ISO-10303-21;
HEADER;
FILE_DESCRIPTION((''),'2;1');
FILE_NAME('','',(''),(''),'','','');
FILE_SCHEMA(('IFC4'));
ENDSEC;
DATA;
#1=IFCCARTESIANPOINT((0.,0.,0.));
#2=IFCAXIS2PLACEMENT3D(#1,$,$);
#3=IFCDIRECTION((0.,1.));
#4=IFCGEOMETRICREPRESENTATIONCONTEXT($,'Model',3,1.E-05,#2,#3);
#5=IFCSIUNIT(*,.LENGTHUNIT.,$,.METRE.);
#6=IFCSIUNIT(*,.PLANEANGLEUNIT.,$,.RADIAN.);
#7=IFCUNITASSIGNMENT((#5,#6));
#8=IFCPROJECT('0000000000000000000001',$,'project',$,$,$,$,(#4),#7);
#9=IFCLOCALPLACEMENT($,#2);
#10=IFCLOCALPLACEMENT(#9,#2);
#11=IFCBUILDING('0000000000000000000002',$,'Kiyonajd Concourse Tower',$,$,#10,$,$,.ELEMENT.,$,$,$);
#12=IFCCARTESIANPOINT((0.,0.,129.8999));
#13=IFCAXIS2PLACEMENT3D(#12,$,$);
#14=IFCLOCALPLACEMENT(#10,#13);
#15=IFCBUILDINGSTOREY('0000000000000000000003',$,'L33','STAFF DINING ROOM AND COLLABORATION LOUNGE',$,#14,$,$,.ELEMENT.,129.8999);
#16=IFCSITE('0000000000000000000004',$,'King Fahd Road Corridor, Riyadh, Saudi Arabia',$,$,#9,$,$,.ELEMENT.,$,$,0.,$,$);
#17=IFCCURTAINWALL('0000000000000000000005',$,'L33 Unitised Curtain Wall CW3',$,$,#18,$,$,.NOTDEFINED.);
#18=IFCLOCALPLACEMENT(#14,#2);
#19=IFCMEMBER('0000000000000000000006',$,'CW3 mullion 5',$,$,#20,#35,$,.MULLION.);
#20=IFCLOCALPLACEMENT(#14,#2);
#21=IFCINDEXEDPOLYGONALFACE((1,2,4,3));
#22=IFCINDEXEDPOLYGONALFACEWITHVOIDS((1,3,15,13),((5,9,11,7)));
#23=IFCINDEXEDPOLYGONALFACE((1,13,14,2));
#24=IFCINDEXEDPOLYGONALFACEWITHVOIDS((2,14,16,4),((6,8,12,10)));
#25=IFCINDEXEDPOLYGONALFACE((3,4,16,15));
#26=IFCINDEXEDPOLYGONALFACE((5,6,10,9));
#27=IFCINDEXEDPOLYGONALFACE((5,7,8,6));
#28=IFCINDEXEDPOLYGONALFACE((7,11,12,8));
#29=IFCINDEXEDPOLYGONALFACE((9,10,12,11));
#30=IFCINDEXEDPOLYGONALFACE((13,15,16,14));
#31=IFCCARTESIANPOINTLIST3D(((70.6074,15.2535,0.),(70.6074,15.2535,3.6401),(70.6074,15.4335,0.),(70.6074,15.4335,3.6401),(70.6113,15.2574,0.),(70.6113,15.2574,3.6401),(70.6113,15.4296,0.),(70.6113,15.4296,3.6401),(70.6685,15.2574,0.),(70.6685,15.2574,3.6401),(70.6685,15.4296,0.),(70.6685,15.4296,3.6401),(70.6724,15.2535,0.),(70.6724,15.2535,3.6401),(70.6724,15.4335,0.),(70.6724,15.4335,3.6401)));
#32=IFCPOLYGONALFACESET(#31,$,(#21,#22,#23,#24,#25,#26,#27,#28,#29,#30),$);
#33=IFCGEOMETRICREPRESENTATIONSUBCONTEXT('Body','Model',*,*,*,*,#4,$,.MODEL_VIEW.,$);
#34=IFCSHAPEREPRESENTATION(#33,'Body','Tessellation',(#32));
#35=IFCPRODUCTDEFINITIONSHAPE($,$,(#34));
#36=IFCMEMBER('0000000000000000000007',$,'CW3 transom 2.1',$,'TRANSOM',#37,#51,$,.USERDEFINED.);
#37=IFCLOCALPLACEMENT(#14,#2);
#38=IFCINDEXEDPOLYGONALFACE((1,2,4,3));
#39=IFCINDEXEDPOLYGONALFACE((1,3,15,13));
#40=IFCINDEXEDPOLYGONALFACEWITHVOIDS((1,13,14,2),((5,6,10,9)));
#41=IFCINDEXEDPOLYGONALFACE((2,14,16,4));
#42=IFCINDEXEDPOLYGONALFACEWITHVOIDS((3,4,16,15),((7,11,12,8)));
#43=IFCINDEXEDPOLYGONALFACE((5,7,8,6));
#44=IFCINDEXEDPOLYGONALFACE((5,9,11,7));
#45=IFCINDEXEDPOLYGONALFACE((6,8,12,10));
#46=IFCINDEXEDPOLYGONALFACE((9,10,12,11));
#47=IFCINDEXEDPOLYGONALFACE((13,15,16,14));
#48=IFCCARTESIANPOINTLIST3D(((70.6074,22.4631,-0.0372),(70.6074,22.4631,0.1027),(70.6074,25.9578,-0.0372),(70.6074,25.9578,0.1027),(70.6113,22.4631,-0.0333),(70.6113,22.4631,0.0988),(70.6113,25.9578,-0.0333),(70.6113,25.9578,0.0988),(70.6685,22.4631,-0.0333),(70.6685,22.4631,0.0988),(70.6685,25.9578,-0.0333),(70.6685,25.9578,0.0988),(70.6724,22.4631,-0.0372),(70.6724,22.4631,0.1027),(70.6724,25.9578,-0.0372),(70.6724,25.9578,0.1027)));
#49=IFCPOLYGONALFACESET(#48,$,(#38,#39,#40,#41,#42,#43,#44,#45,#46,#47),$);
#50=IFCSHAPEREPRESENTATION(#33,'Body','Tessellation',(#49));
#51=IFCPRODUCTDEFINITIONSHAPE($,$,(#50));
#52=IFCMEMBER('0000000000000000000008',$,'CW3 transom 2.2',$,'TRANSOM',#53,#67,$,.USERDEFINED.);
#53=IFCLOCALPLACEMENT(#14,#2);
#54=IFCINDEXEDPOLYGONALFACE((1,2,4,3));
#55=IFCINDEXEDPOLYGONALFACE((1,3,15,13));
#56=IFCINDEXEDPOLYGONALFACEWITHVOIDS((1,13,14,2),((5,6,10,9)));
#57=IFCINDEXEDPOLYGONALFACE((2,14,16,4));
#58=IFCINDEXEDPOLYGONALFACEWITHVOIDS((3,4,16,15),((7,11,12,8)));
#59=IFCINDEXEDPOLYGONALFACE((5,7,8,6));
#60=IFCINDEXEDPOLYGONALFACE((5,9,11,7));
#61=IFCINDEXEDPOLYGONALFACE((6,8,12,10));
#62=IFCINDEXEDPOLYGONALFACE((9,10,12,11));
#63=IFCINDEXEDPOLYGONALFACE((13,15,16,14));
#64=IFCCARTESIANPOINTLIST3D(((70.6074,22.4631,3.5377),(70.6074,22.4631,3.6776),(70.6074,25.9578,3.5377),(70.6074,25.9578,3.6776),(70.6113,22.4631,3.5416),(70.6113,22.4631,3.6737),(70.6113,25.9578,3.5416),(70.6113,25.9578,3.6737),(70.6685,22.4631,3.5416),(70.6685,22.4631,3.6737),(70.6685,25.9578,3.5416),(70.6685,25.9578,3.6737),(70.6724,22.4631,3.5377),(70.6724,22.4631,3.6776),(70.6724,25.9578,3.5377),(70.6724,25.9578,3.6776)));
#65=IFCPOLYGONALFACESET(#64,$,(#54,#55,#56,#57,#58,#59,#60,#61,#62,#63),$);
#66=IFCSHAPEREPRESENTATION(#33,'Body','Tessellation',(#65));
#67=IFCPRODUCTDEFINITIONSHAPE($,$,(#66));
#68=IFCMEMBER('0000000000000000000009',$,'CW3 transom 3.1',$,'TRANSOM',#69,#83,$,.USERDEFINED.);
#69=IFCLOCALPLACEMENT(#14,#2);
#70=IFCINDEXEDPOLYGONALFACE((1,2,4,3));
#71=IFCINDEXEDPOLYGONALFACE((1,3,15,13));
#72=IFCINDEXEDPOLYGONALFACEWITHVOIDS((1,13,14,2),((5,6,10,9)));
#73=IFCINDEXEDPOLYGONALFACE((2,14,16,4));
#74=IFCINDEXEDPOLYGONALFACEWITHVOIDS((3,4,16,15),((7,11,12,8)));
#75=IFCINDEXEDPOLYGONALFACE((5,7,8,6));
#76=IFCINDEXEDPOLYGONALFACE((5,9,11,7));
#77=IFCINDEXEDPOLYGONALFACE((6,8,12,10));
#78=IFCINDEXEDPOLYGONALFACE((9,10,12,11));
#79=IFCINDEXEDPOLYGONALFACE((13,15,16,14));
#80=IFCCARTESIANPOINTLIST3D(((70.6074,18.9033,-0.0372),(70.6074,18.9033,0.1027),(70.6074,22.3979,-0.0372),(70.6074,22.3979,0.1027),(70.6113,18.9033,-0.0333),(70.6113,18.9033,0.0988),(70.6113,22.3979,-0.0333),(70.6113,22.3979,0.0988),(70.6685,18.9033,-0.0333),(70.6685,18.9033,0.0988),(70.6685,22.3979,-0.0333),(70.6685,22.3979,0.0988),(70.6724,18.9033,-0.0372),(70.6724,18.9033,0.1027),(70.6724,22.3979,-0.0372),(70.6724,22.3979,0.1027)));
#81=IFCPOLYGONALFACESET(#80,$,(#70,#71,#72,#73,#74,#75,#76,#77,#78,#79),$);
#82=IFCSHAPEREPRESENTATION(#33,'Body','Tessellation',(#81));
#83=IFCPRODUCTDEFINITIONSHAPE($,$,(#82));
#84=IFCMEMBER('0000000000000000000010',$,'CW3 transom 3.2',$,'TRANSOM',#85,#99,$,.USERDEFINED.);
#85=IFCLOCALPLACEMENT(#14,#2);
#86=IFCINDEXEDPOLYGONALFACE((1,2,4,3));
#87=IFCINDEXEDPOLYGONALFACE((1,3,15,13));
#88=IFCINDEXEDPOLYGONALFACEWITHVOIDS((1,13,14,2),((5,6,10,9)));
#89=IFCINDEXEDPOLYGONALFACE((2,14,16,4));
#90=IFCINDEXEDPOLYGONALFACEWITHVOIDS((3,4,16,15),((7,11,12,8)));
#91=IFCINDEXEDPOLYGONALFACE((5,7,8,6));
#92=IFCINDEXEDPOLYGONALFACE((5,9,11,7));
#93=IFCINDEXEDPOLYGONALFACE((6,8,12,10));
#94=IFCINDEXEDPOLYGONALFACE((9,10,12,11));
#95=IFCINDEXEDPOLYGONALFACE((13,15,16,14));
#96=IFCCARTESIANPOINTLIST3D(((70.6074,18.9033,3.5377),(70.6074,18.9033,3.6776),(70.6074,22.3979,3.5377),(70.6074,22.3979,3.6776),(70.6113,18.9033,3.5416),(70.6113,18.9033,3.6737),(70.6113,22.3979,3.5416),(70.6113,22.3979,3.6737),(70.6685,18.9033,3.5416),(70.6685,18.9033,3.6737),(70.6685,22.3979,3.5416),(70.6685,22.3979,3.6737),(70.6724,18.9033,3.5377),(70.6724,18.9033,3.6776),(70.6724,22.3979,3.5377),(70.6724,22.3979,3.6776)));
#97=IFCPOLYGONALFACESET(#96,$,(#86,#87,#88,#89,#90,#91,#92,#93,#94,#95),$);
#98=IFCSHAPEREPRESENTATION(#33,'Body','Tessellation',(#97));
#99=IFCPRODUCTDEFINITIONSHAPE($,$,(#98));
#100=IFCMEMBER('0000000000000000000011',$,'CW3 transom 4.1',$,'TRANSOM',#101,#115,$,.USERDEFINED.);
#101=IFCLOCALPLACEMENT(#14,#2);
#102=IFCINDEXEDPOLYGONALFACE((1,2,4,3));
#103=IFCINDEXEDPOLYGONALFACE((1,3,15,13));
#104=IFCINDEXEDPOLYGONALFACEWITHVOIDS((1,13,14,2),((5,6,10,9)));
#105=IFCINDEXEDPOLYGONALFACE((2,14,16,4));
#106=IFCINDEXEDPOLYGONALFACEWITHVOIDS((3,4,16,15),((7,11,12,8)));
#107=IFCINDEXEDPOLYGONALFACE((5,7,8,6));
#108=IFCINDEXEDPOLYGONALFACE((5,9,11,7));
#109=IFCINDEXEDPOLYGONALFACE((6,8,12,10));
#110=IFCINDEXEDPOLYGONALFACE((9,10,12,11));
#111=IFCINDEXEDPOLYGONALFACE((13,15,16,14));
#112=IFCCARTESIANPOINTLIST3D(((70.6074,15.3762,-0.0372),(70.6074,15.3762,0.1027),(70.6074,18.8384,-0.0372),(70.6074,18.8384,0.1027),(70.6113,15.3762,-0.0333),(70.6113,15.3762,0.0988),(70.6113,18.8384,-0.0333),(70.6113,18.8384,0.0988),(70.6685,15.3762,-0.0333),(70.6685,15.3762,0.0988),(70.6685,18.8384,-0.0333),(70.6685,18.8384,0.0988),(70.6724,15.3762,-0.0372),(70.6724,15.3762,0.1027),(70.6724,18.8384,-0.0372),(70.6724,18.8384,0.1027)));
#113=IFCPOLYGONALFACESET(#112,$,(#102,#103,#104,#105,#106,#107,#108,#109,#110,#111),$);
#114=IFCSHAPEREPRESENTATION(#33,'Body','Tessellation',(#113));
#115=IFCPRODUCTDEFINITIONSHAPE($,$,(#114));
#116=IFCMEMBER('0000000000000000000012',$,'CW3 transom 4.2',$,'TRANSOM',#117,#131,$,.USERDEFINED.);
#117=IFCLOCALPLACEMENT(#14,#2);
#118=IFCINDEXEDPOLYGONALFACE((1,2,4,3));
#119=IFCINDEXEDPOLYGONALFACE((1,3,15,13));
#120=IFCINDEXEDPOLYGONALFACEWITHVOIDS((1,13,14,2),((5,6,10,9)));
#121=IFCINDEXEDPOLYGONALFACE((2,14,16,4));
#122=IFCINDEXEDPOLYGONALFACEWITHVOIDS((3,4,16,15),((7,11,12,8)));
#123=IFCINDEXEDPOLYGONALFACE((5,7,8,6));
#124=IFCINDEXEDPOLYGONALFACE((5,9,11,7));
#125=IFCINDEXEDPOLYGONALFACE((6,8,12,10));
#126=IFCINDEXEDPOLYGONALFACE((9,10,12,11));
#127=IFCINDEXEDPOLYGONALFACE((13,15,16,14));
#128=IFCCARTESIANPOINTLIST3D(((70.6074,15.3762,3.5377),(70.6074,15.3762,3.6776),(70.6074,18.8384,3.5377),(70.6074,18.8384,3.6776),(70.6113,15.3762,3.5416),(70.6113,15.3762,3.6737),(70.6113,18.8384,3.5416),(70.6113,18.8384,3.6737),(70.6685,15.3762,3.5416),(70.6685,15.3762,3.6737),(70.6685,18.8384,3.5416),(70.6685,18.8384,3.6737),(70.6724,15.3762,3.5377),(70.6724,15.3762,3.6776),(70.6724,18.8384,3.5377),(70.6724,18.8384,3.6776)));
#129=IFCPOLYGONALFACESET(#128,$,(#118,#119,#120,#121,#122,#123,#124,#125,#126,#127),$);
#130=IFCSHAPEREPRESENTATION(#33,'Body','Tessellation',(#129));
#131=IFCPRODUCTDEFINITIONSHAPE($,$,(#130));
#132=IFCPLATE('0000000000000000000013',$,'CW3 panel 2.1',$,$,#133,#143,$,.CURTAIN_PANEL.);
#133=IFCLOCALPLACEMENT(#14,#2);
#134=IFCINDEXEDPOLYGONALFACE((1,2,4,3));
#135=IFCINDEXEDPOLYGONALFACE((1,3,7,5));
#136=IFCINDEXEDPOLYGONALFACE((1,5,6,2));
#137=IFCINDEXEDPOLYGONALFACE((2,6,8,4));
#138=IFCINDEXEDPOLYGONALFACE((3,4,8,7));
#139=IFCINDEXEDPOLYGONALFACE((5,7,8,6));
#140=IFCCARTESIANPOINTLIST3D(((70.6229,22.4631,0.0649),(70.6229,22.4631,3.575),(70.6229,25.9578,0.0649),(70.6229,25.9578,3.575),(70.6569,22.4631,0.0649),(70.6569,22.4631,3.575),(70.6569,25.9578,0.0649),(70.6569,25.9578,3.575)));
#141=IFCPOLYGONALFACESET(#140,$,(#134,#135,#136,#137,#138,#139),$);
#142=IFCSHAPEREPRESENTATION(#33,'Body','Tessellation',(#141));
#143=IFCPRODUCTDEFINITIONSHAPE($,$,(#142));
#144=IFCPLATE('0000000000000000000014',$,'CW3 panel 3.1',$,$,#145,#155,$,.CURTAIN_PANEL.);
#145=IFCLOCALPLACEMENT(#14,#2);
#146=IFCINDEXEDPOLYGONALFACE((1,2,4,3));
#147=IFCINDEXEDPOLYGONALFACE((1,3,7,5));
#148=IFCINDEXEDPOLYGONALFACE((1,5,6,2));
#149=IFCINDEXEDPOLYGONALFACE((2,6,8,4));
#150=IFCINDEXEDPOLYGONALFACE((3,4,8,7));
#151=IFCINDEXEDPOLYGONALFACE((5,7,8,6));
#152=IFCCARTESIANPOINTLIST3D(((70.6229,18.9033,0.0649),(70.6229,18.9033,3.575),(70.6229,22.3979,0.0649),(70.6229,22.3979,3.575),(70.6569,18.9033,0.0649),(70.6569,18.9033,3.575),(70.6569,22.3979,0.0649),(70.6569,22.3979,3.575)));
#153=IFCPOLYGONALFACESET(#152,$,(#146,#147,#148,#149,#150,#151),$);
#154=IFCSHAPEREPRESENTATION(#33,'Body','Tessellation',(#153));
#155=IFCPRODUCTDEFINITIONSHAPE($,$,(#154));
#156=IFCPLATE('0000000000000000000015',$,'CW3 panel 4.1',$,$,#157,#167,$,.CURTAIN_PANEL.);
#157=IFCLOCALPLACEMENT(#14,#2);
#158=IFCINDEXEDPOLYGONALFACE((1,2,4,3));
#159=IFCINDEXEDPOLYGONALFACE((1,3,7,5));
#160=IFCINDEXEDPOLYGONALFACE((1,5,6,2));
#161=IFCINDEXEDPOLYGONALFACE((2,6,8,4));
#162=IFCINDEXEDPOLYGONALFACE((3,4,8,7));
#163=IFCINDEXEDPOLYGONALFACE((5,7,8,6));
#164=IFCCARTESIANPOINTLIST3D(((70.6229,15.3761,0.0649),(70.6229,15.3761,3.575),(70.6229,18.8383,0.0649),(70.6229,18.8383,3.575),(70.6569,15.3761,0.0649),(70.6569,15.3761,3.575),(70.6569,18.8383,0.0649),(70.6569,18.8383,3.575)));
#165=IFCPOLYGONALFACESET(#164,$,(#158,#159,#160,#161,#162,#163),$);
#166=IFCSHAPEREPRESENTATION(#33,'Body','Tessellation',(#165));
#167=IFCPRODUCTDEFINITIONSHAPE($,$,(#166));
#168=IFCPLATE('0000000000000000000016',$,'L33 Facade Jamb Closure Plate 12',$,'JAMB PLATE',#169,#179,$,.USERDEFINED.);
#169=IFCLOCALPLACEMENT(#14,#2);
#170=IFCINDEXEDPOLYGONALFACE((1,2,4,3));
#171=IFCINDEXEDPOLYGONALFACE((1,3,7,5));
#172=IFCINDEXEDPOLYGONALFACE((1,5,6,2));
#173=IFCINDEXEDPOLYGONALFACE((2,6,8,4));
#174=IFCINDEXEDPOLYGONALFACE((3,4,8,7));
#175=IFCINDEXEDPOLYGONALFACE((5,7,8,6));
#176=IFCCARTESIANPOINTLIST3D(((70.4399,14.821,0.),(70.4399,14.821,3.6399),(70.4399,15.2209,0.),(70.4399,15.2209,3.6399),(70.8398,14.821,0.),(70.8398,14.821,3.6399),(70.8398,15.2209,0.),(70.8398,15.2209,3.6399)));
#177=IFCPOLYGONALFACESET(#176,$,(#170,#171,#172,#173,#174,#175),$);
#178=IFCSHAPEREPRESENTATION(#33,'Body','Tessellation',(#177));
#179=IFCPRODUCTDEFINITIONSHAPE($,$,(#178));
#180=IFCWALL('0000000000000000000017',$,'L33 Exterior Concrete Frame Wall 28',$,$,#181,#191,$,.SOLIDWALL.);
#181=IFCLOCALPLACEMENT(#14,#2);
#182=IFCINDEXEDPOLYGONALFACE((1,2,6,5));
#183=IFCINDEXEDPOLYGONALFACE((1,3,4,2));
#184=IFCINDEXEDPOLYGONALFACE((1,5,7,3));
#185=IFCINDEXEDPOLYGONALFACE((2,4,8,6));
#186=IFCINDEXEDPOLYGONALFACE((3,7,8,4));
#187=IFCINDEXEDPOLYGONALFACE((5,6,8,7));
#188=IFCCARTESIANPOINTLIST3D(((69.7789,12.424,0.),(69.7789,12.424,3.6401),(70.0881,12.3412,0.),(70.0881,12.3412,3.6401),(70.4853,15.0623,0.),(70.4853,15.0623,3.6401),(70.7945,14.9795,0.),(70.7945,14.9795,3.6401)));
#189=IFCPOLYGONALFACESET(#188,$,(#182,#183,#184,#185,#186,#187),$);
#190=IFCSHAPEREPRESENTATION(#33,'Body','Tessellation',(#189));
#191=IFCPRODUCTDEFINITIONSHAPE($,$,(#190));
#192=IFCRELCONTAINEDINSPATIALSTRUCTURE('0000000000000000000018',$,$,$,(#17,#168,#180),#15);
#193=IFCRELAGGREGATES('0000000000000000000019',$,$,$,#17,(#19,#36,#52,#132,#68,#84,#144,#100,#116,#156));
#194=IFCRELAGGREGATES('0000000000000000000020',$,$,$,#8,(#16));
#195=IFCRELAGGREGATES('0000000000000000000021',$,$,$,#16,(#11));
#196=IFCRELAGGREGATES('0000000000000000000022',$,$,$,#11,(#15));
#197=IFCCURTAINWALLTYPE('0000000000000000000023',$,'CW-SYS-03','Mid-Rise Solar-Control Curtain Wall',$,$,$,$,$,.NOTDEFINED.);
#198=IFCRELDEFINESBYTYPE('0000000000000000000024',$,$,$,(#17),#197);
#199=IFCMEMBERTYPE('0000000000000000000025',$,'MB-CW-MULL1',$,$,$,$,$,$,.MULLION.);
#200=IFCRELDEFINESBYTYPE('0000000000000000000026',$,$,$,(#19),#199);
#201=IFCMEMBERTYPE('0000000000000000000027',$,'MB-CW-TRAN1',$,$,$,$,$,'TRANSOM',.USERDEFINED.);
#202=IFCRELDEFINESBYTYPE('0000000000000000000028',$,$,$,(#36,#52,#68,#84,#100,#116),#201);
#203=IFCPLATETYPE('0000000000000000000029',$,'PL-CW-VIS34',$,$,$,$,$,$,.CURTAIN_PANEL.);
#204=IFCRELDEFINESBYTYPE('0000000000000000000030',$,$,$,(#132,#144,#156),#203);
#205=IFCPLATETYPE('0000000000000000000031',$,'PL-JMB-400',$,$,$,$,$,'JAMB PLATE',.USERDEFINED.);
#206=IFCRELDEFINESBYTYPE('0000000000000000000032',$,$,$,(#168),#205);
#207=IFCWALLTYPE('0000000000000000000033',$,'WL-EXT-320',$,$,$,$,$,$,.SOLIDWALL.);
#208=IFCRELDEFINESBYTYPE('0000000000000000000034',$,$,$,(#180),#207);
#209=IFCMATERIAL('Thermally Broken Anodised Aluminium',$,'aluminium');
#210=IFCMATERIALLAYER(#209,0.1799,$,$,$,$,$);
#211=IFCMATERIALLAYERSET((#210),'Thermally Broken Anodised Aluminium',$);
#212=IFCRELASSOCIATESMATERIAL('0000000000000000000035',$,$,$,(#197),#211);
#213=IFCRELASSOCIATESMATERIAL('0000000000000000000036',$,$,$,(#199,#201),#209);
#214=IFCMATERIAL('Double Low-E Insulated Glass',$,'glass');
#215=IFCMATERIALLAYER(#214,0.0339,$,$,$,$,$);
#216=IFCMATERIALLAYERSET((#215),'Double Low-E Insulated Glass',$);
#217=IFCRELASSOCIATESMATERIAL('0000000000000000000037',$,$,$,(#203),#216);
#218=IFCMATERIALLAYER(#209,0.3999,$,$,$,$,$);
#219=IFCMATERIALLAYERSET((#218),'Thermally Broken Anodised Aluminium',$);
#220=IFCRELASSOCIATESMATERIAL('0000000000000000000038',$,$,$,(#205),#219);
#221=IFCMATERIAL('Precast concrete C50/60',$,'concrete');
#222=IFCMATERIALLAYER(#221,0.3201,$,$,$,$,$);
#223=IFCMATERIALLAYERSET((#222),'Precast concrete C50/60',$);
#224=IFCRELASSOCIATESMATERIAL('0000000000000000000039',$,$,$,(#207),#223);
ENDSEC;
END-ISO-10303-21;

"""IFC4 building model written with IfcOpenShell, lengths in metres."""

from ifc_helpers import new_model, si_unit, direction, frame, frame_2d, origin, origin_2d, place, context, subcontext, project, spatial, rectangle, hollow_rectangle, extrude, material, layer, layer_set, material_profile, profile_set, type_object, element, aggregate, save


model = new_model("IFC4")

# Units and contexts
model_context = context("Model", 3, precision=1e-05, world=origin(), true_north=direction((0.0, 1.0)))
body_context = subcontext(model_context, "Body", "Model", "MODEL_VIEW")
ifc_project = project(units=[si_unit("LENGTHUNIT", "METRE"), si_unit("PLANEANGLEUNIT", "RADIAN")], contexts=[model_context])

# Site, building, storey
site_placement = place(None, origin())
site = spatial("IfcSite", under=ifc_project, at=site_placement, Name="King Fahd Road Corridor, Riyadh, Saudi Arabia", CompositionType="ELEMENT", RefElevation=0.0)
building_placement = place(site_placement, origin())
building = spatial("IfcBuilding", under=site, at=building_placement, Name="Kiyonajd Concourse Tower", CompositionType="ELEMENT")
storey_placement = place(building_placement, frame((0.0, 0.0, 129.8999)))
storey = spatial("IfcBuildingStorey", under=building, at=storey_placement, Name="L33", Description="STAFF DINING ROOM AND COLLABORATION LOUNGE", CompositionType="ELEMENT", Elevation=129.8999)

# Shared definitions
ifc_material_1 = material(Name="Precast concrete C50/60", Category="concrete")

# Curtain wall, members, plates
ifc_material_2 = material(Name="Thermally Broken Anodised Aluminium", Category="aluminium")
ifc_layer_1 = layer(ifc_material_2, 0.1799)
ifc_layer_set_1 = layer_set([ifc_layer_1], Name="Thermally Broken Anodised Aluminium")
curtain_wall_type = type_object("IfcCurtainWallType", Name="CW-SYS-03", Description="Mid-Rise Solar-Control Curtain Wall", PredefinedType="NOTDEFINED", material=ifc_layer_set_1)
curtain_wall_placement = place(storey_placement, origin())
curtain_wall = element("IfcCurtainWall", 1, at=curtain_wall_placement, inside=storey, type_object=curtain_wall_type, Name="L33 Unitised Curtain Wall CW3", PredefinedType="NOTDEFINED")
ifc_material_profile_1 = material_profile(ifc_material_2, hollow_rectangle(XDim=0.0649, YDim=0.1799, WallThickness=0.0039, at=origin_2d()), Name="MULL-65x180")
ifc_profile_set_1 = profile_set([ifc_material_profile_1], Name="Thermally Broken Anodised Aluminium")
member_type_1 = type_object("IfcMemberType", Name="MB-CW-MULL1", PredefinedType="MULLION", material=ifc_profile_set_1)
member_1_placement = place(storey_placement, frame((70.6399, 15.3435, 0.0), z_axis=(0.0, 0.0, 1.0), x_axis=(1.0, 0.0, 0.0)))
member_1 = element("IfcMember", 2, at=member_1_placement, type_object=member_type_1, Name="CW3 mullion 5", PredefinedType="MULLION", context=body_context, shape_type="SweptSolid", body=[
    extrude(hollow_rectangle(XDim=0.0649, YDim=0.1799, WallThickness=0.0039, at=origin_2d()), origin(), (0.0, 0.0, 1.0), 3.6401),
])
ifc_material_profile_2 = material_profile(ifc_material_2, hollow_rectangle(XDim=0.0649, YDim=0.1399, WallThickness=0.0039, at=origin_2d()), Name="TRAN-65x140")
ifc_profile_set_2 = profile_set([ifc_material_profile_2], Name="Thermally Broken Anodised Aluminium")
member_type_2 = type_object("IfcMemberType", Name="MB-CW-TRAN1", ElementType="TRANSOM", PredefinedType="USERDEFINED", material=ifc_profile_set_2)
member_2_placement = place(storey_placement, frame((70.6399, 25.9578, 0.0327), z_axis=(0.0, -1.0, 0.0), x_axis=(1.0, 0.0, 0.0)))
member_2 = element("IfcMember", 3, at=member_2_placement, type_object=member_type_2, Name="CW3 transom 2.1", ObjectType="TRANSOM", PredefinedType="USERDEFINED", context=body_context, shape_type="SweptSolid", body=[
    extrude(hollow_rectangle(XDim=0.0649, YDim=0.1399, WallThickness=0.0039, at=origin_2d()), origin(), (0.0, 0.0, 1.0), 3.4946),
])
member_3_placement = place(storey_placement, frame((70.6399, 25.9578, 3.6077), z_axis=(0.0, -1.0, 0.0), x_axis=(1.0, 0.0, 0.0)))
member_3 = element("IfcMember", 4, at=member_3_placement, type_object=member_type_2, Name="CW3 transom 2.2", ObjectType="TRANSOM", PredefinedType="USERDEFINED", context=body_context, shape_type="SweptSolid", body=[
    extrude(hollow_rectangle(XDim=0.0649, YDim=0.1399, WallThickness=0.0039, at=origin_2d()), origin(), (0.0, 0.0, 1.0), 3.4946),
])
member_4_placement = place(storey_placement, frame((70.6399, 22.3979, 0.0327), z_axis=(0.0, -1.0, 0.0), x_axis=(1.0, 0.0, 0.0)))
member_4 = element("IfcMember", 5, at=member_4_placement, type_object=member_type_2, Name="CW3 transom 3.1", ObjectType="TRANSOM", PredefinedType="USERDEFINED", context=body_context, shape_type="SweptSolid", body=[
    extrude(hollow_rectangle(XDim=0.0649, YDim=0.1399, WallThickness=0.0039, at=origin_2d()), origin(), (0.0, 0.0, 1.0), 3.4946),
])
member_5_placement = place(storey_placement, frame((70.6399, 22.3979, 3.6077), z_axis=(0.0, -1.0, 0.0), x_axis=(1.0, 0.0, 0.0)))
member_5 = element("IfcMember", 6, at=member_5_placement, type_object=member_type_2, Name="CW3 transom 3.2", ObjectType="TRANSOM", PredefinedType="USERDEFINED", context=body_context, shape_type="SweptSolid", body=[
    extrude(hollow_rectangle(XDim=0.0649, YDim=0.1399, WallThickness=0.0039, at=origin_2d()), origin(), (0.0, 0.0, 1.0), 3.4946),
])
member_6_placement = place(storey_placement, frame((70.6399, 18.8384, 0.0327), z_axis=(0.0, -1.0, 0.0), x_axis=(1.0, 0.0, 0.0)))
member_6 = element("IfcMember", 7, at=member_6_placement, type_object=member_type_2, Name="CW3 transom 4.1", ObjectType="TRANSOM", PredefinedType="USERDEFINED", context=body_context, shape_type="SweptSolid", body=[
    extrude(hollow_rectangle(XDim=0.0649, YDim=0.1399, WallThickness=0.0039, at=origin_2d()), origin(), (0.0, 0.0, 1.0), 3.4622),
])
member_7_placement = place(storey_placement, frame((70.6399, 18.8384, 3.6077), z_axis=(0.0, -1.0, 0.0), x_axis=(1.0, 0.0, 0.0)))
member_7 = element("IfcMember", 8, at=member_7_placement, type_object=member_type_2, Name="CW3 transom 4.2", ObjectType="TRANSOM", PredefinedType="USERDEFINED", context=body_context, shape_type="SweptSolid", body=[
    extrude(hollow_rectangle(XDim=0.0649, YDim=0.1399, WallThickness=0.0039, at=origin_2d()), origin(), (0.0, 0.0, 1.0), 3.4622),
])
ifc_material_3 = material(Name="Double Low-E Insulated Glass", Category="glass")
ifc_layer_2 = layer(ifc_material_3, 0.0339)
ifc_layer_set_2 = layer_set([ifc_layer_2], Name="Double Low-E Insulated Glass")
plate_type_1 = type_object("IfcPlateType", Name="PL-CW-VIS34", PredefinedType="CURTAIN_PANEL", material=ifc_layer_set_2)
plate_1_placement = place(storey_placement, frame((70.6399, 24.2104, 0.0649), z_axis=(0.0, 0.0, 1.0), x_axis=(0.0, -1.0, 0.0)))
plate_1 = element("IfcPlate", 9, at=plate_1_placement, type_object=plate_type_1, Name="CW3 panel 2.1", PredefinedType="CURTAIN_PANEL", context=body_context, shape_type="SweptSolid", body=[
    extrude(rectangle(XDim=3.4946, YDim=0.0339, at=origin_2d()), origin(), (0.0, 0.0, 1.0), 3.51),
])
plate_2_placement = place(storey_placement, frame((70.6399, 20.6506, 0.0649), z_axis=(0.0, 0.0, 1.0), x_axis=(0.0, -1.0, 0.0)))
plate_2 = element("IfcPlate", 10, at=plate_2_placement, type_object=plate_type_1, Name="CW3 panel 3.1", PredefinedType="CURTAIN_PANEL", context=body_context, shape_type="SweptSolid", body=[
    extrude(rectangle(XDim=3.4946, YDim=0.0339, at=origin_2d()), origin(), (0.0, 0.0, 1.0), 3.51),
])
plate_3_placement = place(storey_placement, frame((70.6399, 17.1072, 0.0649), z_axis=(0.0, 0.0, 1.0), x_axis=(0.0, -1.0, 0.0)))
plate_3 = element("IfcPlate", 11, at=plate_3_placement, type_object=plate_type_1, Name="CW3 panel 4.1", PredefinedType="CURTAIN_PANEL", context=body_context, shape_type="SweptSolid", body=[
    extrude(rectangle(XDim=3.4622, YDim=0.0339, at=origin_2d()), origin(), (0.0, 0.0, 1.0), 3.51),
])
aggregate(curtain_wall, [member_1, member_2, member_3, plate_1, member_4, member_5, plate_2, member_6, member_7, plate_3])

# Plate
ifc_layer_3 = layer(ifc_material_2, 0.3999)
ifc_layer_set_3 = layer_set([ifc_layer_3], Name="Thermally Broken Anodised Aluminium")
plate_type_2 = type_object("IfcPlateType", Name="PL-JMB-400", ElementType="JAMB PLATE", PredefinedType="USERDEFINED", material=ifc_layer_set_3)
plate_4_placement = place(storey_placement, frame((70.6399, 15.021, 0.0), z_axis=(0.0, 0.0, 1.0), x_axis=(1.0, 0.0, 0.0)))
element("IfcPlate", 12, at=plate_4_placement, inside=storey, type_object=plate_type_2, Name="L33 Facade Jamb Closure Plate 12", ObjectType="JAMB PLATE", PredefinedType="USERDEFINED", context=body_context, shape_type="SweptSolid", body=[
    extrude(rectangle(XDim=0.3999, YDim=0.3999, at=origin_2d()), origin(), (0.0, 0.0, 1.0), 3.6399),
])

# Wall
ifc_layer_4 = layer(ifc_material_1, 0.3201)
ifc_layer_set_4 = layer_set([ifc_layer_4], Name="Precast concrete C50/60")
wall_type = type_object("IfcWallType", Name="WL-EXT-320", PredefinedType="SOLIDWALL", material=ifc_layer_set_4)
wall_1_placement = place(storey_placement, frame((70.6399, 15.021, 0.0), z_axis=(0.0, 0.0, 1.0), x_axis=(-0.258614, -0.965981, 0.0)))
element("IfcWall", 13, at=wall_1_placement, inside=storey, type_object=wall_type, Name="L33 Exterior Concrete Frame Wall 28", PredefinedType="SOLIDWALL", context=body_context, shape_type="SweptSolid", body=[
    extrude(rectangle(XDim=2.7312, YDim=0.3201, at=frame_2d((1.3657, 0.0))), origin(), (0.0, 0.0, 1.0), 3.6401),
])

save(model, "model.ifc")
